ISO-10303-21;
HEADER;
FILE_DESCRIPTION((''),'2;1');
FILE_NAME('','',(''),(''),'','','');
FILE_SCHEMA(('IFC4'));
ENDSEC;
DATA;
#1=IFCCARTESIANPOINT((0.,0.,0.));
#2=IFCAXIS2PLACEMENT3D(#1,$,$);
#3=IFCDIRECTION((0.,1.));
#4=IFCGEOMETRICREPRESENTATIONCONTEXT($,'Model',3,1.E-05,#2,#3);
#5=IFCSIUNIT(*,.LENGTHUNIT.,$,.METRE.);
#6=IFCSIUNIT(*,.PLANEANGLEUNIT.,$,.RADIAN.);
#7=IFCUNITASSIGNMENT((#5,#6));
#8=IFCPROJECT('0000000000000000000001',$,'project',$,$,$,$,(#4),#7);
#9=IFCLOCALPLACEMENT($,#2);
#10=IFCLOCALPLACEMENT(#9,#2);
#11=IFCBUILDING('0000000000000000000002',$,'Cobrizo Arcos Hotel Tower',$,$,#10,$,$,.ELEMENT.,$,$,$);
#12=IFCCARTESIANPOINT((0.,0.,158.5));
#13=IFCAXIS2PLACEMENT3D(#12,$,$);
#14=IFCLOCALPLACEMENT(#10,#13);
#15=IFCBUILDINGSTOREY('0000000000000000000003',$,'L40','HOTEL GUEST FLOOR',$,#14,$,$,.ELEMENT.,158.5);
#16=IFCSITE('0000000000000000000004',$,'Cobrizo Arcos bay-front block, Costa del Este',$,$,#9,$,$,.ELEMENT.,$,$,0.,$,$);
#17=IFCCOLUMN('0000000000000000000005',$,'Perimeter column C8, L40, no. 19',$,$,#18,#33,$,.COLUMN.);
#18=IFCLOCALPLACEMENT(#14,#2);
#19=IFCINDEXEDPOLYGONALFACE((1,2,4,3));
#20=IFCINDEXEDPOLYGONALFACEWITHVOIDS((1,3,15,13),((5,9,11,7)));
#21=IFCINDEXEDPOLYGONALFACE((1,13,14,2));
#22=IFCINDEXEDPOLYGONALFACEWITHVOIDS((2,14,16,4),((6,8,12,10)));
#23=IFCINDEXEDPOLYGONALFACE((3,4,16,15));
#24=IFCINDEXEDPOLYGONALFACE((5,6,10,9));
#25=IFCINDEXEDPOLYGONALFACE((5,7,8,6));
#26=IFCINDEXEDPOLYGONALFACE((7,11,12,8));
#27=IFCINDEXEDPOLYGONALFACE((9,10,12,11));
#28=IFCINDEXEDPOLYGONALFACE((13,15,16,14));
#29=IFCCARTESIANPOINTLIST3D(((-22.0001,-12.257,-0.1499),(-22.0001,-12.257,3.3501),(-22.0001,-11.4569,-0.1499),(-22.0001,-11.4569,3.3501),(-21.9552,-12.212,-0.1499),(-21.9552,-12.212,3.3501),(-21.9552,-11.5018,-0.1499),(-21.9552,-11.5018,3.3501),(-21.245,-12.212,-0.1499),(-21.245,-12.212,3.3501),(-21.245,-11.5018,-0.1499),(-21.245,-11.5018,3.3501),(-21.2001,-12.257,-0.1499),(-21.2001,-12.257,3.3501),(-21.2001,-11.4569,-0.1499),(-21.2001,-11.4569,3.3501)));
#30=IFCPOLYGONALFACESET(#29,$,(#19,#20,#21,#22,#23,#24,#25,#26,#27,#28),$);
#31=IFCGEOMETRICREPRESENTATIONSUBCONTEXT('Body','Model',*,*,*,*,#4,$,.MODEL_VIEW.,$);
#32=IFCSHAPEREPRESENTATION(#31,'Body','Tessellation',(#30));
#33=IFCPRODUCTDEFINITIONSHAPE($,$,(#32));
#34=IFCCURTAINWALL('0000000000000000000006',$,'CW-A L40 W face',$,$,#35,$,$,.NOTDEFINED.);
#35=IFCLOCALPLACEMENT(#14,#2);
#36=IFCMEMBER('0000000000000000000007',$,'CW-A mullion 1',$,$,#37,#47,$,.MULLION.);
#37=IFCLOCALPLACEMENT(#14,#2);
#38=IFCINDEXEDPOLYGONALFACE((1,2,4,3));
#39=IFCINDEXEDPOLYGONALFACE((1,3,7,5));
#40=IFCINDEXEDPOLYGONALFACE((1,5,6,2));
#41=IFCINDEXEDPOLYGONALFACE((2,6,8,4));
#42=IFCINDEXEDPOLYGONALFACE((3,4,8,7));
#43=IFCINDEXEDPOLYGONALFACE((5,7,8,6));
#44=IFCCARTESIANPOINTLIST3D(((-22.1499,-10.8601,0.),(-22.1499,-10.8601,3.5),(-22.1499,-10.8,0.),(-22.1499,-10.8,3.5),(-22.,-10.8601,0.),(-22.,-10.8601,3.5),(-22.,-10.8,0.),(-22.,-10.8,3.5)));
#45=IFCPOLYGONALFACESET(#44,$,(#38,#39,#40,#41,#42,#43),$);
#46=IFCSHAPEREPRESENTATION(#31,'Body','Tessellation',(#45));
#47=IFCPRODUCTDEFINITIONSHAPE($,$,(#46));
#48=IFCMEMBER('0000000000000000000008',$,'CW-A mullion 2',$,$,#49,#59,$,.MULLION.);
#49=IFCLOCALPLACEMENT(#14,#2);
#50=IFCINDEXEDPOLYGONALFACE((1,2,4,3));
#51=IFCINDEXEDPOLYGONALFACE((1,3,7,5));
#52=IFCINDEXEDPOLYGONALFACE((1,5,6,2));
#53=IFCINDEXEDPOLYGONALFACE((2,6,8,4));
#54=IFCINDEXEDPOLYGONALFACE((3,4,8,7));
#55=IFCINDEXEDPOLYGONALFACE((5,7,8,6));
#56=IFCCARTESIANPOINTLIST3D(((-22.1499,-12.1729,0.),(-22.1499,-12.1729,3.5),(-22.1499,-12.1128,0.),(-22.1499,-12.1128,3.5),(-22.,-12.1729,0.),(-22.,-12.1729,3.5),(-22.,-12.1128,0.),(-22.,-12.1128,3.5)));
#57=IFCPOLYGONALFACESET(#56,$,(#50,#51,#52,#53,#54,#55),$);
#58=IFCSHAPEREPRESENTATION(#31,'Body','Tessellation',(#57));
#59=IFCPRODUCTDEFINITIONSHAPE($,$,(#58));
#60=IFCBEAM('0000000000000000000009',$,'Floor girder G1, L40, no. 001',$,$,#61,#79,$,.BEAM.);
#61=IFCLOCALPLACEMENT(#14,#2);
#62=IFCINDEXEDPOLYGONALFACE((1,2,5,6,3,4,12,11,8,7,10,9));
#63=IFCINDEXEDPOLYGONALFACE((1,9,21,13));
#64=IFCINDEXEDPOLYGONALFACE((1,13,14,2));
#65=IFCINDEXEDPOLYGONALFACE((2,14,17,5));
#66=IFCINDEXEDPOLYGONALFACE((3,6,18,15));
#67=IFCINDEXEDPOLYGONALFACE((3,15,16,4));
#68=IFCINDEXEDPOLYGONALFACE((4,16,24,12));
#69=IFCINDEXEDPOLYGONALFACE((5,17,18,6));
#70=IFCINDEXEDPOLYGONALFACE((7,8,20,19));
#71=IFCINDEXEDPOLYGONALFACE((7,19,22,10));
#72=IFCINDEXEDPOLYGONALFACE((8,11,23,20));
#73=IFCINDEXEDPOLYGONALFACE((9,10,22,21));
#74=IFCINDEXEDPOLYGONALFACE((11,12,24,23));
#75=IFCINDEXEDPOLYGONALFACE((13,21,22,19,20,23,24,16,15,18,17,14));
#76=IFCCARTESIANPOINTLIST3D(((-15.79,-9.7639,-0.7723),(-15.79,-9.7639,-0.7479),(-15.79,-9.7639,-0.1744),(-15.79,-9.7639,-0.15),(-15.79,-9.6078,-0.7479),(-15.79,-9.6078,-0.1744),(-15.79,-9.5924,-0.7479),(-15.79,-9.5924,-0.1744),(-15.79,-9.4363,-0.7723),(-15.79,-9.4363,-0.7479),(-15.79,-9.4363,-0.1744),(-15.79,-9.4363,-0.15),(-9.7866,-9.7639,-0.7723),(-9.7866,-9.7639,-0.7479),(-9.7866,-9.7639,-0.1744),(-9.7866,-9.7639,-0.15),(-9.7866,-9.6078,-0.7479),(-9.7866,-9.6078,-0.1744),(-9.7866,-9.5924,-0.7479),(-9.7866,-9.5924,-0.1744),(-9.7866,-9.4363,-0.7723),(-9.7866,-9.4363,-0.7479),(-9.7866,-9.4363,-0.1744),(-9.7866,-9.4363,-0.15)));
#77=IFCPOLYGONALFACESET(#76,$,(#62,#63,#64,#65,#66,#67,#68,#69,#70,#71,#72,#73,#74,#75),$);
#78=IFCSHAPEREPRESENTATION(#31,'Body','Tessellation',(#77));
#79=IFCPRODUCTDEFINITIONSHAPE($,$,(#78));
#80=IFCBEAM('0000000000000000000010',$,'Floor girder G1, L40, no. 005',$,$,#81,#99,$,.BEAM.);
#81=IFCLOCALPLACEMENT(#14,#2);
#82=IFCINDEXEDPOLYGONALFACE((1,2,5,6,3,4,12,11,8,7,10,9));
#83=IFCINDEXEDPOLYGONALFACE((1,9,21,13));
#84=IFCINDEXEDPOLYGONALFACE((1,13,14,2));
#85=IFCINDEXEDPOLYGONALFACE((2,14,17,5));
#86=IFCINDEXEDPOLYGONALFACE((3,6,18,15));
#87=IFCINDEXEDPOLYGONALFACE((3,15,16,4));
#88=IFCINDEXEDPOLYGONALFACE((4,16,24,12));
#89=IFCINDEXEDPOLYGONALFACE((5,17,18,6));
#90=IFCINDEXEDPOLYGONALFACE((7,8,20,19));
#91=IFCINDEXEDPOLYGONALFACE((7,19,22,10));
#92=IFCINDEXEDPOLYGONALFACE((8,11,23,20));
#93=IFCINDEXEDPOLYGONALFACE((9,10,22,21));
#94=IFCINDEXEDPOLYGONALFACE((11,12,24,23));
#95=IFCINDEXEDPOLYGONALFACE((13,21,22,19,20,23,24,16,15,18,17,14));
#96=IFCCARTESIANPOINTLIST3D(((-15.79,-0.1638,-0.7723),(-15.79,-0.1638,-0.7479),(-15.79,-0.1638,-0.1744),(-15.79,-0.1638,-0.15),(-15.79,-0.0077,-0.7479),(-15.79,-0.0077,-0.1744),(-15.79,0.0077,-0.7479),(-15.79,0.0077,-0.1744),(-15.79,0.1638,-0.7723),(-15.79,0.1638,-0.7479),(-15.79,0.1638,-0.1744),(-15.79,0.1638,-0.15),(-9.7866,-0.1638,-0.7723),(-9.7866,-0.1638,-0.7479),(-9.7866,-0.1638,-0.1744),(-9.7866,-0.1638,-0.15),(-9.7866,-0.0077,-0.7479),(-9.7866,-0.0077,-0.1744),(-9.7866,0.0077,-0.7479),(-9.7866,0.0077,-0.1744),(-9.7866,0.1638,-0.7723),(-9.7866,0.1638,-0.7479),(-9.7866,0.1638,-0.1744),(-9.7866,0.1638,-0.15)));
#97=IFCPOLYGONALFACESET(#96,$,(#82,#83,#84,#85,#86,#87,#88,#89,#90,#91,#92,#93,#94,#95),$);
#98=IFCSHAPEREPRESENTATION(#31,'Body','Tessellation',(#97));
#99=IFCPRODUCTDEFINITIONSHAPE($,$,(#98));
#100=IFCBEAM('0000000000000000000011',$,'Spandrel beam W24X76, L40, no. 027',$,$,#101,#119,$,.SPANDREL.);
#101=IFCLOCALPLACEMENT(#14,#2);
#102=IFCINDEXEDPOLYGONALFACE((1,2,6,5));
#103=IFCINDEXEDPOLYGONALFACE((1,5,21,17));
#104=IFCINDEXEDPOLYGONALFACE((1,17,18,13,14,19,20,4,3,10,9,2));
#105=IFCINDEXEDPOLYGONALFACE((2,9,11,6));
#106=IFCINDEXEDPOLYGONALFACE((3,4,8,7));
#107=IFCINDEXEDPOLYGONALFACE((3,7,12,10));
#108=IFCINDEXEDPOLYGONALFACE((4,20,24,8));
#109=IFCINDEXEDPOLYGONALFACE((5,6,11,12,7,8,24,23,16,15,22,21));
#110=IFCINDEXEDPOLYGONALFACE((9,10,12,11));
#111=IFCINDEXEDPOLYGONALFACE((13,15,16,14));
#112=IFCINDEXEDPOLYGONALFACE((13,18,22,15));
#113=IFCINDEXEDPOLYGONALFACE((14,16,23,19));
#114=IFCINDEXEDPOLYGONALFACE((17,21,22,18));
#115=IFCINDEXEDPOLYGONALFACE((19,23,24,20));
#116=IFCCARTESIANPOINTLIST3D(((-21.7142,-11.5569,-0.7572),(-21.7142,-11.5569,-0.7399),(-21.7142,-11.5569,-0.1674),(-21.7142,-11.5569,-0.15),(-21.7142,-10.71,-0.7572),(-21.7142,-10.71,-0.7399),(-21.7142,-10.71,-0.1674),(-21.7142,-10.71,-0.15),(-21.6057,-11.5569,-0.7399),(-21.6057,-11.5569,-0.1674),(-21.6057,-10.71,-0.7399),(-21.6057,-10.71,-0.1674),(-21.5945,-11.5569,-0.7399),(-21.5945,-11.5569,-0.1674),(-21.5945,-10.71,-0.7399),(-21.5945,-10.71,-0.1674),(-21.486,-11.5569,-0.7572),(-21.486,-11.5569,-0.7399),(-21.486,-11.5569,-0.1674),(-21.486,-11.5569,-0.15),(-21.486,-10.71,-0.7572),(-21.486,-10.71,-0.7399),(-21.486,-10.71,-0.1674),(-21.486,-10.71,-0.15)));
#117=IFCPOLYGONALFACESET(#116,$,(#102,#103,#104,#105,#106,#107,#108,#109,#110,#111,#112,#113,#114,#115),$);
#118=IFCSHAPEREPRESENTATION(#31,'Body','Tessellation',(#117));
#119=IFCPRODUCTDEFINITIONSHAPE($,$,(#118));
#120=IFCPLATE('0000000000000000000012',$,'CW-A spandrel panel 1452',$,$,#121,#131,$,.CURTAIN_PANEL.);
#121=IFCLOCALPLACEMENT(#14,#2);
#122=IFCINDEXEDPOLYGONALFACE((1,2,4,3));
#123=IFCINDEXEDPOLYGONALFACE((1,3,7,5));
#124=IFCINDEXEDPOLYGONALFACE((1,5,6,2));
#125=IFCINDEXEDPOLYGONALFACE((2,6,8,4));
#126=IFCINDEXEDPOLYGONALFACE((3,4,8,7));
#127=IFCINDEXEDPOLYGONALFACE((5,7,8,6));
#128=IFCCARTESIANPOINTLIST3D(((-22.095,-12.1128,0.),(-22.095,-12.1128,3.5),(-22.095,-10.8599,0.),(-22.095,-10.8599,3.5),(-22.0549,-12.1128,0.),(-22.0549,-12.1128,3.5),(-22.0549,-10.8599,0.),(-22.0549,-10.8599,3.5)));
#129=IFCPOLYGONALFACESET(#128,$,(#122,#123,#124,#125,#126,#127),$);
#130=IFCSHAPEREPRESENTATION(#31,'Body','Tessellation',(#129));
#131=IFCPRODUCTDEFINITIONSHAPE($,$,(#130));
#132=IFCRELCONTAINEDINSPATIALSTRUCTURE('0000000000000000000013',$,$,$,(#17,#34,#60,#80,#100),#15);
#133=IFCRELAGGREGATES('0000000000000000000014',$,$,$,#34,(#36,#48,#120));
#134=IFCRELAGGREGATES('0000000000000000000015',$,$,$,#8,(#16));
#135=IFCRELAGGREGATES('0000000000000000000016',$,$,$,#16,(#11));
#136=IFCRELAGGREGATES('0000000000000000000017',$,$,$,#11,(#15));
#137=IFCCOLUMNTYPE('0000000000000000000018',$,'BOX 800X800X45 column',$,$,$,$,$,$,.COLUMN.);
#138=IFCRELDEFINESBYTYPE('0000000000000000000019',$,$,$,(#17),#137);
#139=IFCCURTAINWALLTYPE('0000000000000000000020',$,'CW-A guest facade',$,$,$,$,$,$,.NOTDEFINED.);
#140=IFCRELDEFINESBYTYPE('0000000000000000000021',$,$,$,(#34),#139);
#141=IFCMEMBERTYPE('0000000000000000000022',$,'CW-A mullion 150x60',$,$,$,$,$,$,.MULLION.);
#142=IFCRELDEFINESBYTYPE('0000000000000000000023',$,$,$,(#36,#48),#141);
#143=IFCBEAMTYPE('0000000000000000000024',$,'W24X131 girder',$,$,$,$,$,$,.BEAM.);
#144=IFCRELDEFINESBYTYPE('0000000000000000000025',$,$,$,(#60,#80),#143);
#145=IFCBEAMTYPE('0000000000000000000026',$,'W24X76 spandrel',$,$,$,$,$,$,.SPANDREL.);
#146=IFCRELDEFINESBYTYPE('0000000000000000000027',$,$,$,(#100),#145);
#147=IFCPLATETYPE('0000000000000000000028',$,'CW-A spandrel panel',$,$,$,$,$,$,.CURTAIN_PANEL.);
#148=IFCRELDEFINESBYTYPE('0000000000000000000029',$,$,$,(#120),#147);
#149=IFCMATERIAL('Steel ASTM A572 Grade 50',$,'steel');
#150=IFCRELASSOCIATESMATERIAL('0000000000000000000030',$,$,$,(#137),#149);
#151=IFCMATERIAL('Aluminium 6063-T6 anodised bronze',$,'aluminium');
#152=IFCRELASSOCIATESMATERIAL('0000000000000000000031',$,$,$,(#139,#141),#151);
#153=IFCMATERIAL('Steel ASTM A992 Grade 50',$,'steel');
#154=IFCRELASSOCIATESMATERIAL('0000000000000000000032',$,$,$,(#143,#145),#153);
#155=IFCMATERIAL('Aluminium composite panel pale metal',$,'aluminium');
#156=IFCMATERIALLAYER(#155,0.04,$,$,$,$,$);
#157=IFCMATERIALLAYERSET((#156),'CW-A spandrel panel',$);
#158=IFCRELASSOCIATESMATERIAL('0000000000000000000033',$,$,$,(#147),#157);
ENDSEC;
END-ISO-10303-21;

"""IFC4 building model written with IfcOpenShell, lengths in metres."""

from ifc_helpers import new_model, si_unit, direction, frame, origin, origin_2d, place, context, subcontext, project, spatial, rectangle, hollow_rectangle, i_section, extrude, material, layer, layer_set, material_profile, profile_set, type_object, element, aggregate, save


model = new_model("IFC4")

# Units and contexts
model_context = context("Model", 3, precision=1e-05, world=origin(), true_north=direction((0.0, 1.0)))
body_context = subcontext(model_context, "Body", "Model", "MODEL_VIEW")
ifc_project = project(units=[si_unit("LENGTHUNIT", "METRE"), si_unit("PLANEANGLEUNIT", "RADIAN")], contexts=[model_context])

# Site, building, storey
site_placement = place(None, origin())
site = spatial("IfcSite", under=ifc_project, at=site_placement, Name="Cobrizo Arcos bay-front block, Costa del Este", CompositionType="ELEMENT", RefElevation=0.0)
building_placement = place(site_placement, origin())
building = spatial("IfcBuilding", under=site, at=building_placement, Name="Cobrizo Arcos Hotel Tower", CompositionType="ELEMENT")
storey_placement = place(building_placement, frame((0.0, 0.0, 158.5)))
storey = spatial("IfcBuildingStorey", under=building, at=storey_placement, Name="L40", Description="HOTEL GUEST FLOOR", CompositionType="ELEMENT", Elevation=158.5)

# Column
ifc_material_1 = material(Name="Steel ASTM A572 Grade 50", Category="steel")
ifc_material_profile_1 = material_profile(ifc_material_1, hollow_rectangle(XDim=0.8, YDim=0.8, WallThickness=0.0449, at=origin_2d()), Name="BOX 800X800X45")
ifc_profile_set_1 = profile_set([ifc_material_profile_1], Name="Steel ASTM A572 Grade 50")
column_type = type_object("IfcColumnType", Name="BOX 800X800X45 column", PredefinedType="COLUMN", material=ifc_profile_set_1)
column_placement = place(storey_placement, frame((-21.6001, -11.8569, -0.1499), z_axis=(0.0, 0.0, 1.0), x_axis=(1.0, 0.0, 0.0)))
element("IfcColumn", 1, at=column_placement, inside=storey, type_object=column_type, Name="Perimeter column C8, L40, no. 19", PredefinedType="COLUMN", context=body_context, shape_type="SweptSolid", body=[
    extrude(hollow_rectangle(XDim=0.8, YDim=0.8, WallThickness=0.0449, at=origin_2d()), origin(), (0.0, 0.0, 1.0), 3.5),
])

# Curtain wall, members
ifc_material_2 = material(Name="Aluminium 6063-T6 anodised bronze", Category="aluminium")
curtain_wall_type = type_object("IfcCurtainWallType", Name="CW-A guest facade", PredefinedType="NOTDEFINED", material=ifc_material_2)
curtain_wall_placement = place(storey_placement, origin())
curtain_wall = element("IfcCurtainWall", 2, at=curtain_wall_placement, inside=storey, type_object=curtain_wall_type, Name="CW-A L40 W face", PredefinedType="NOTDEFINED")
ifc_material_profile_2 = material_profile(ifc_material_2, rectangle(XDim=0.1499, YDim=0.0601, at=origin_2d()), Name="CW-A mullion 150x60")
ifc_profile_set_2 = profile_set([ifc_material_profile_2], Name="Aluminium 6063-T6 anodised bronze")
member_type = type_object("IfcMemberType", Name="CW-A mullion 150x60", PredefinedType="MULLION", material=ifc_profile_set_2)
member_1_placement = place(storey_placement, frame((-22.075, -10.8301, 0.0), z_axis=(0.0, 0.0, 1.0), x_axis=(-1.0, 0.0, 0.0)))
member_1 = element("IfcMember", 3, at=member_1_placement, type_object=member_type, Name="CW-A mullion 1", PredefinedType="MULLION", context=body_context, shape_type="SweptSolid", body=[
    extrude(rectangle(XDim=0.1499, YDim=0.0601, at=origin_2d()), origin(), (0.0, 0.0, 1.0), 3.5),
])
member_2_placement = place(storey_placement, frame((-22.075, -12.1428, 0.0), z_axis=(0.0, 0.0, 1.0), x_axis=(-1.0, 0.0, 0.0)))
member_2 = element("IfcMember", 4, at=member_2_placement, type_object=member_type, Name="CW-A mullion 2", PredefinedType="MULLION", context=body_context, shape_type="SweptSolid", body=[
    extrude(rectangle(XDim=0.1499, YDim=0.0601, at=origin_2d()), origin(), (0.0, 0.0, 1.0), 3.5),
])

# Beams
ifc_material_3 = material(Name="Steel ASTM A992 Grade 50", Category="steel")
ifc_material_profile_3 = material_profile(ifc_material_3, i_section(OverallWidth=0.3276, OverallDepth=0.6223, WebThickness=0.0154, FlangeThickness=0.0244, at=origin_2d()), Name="W24X131")
ifc_profile_set_3 = profile_set([ifc_material_profile_3], Name="Steel ASTM A992 Grade 50")
beam_type_1 = type_object("IfcBeamType", Name="W24X131 girder", PredefinedType="BEAM", material=ifc_profile_set_3)
for number, where, z_axis, x_axis, name in (
    (5, (-15.79, -9.6001, -0.4612), (1.0, 0.0, 0.0), (0.0, 1.0, 0.0), "Floor girder G1, L40, no. 001"),
    (6, (-15.79, 0.0, -0.4612), (1.0, 0.0, 0.0), (0.0, 1.0, 0.0), "Floor girder G1, L40, no. 005"),
):
    element("IfcBeam", number, at=place(storey_placement, frame(where, z_axis=z_axis, x_axis=x_axis)), inside=storey, type_object=beam_type_1, Name=name, PredefinedType="BEAM", context=body_context, shape_type="SweptSolid", body=[
        extrude(i_section(OverallWidth=0.3276, OverallDepth=0.6223, WebThickness=0.0154, FlangeThickness=0.0244, at=origin_2d()), origin(), (0.0, 0.0, 1.0), 6.0034),
    ])
ifc_material_profile_4 = material_profile(ifc_material_3, i_section(OverallWidth=0.2283, OverallDepth=0.6072, WebThickness=0.0112, FlangeThickness=0.0173, at=origin_2d()), Name="W24X76")
ifc_profile_set_4 = profile_set([ifc_material_profile_4], Name="Steel ASTM A992 Grade 50")
beam_type_2 = type_object("IfcBeamType", Name="W24X76 spandrel", PredefinedType="SPANDREL", material=ifc_profile_set_4)
beam_placement = place(storey_placement, frame((-21.6001, -10.71, -0.4536), z_axis=(0.0, -1.0, 0.0), x_axis=(1.0, 0.0, 0.0)))
element("IfcBeam", 7, at=beam_placement, inside=storey, type_object=beam_type_2, Name="Spandrel beam W24X76, L40, no. 027", PredefinedType="SPANDREL", context=body_context, shape_type="SweptSolid", body=[
    extrude(i_section(OverallWidth=0.2283, OverallDepth=0.6072, WebThickness=0.0112, FlangeThickness=0.0173, at=origin_2d()), origin(), (0.0, 0.0, 1.0), 0.8469),
])

# Plate
ifc_material_4 = material(Name="Aluminium composite panel pale metal", Category="aluminium")
ifc_layer_1 = layer(ifc_material_4, 0.04)
ifc_layer_set_1 = layer_set([ifc_layer_1], Name="CW-A spandrel panel")
plate_type = type_object("IfcPlateType", Name="CW-A spandrel panel", PredefinedType="CURTAIN_PANEL", material=ifc_layer_set_1)
plate_placement = place(storey_placement, frame((-22.075, -11.4863, 0.0), z_axis=(0.0, 0.0, 1.0), x_axis=(0.0, -1.0, 0.0)))
plate = element("IfcPlate", 8, at=plate_placement, type_object=plate_type, Name="CW-A spandrel panel 1452", PredefinedType="CURTAIN_PANEL", context=body_context, shape_type="SweptSolid", body=[
    extrude(rectangle(XDim=1.2529, YDim=0.04, at=origin_2d()), origin(), (0.0, 0.0, 1.0), 3.5),
])
aggregate(curtain_wall, [member_1, member_2, plate])

save(model, "model.ifc")
